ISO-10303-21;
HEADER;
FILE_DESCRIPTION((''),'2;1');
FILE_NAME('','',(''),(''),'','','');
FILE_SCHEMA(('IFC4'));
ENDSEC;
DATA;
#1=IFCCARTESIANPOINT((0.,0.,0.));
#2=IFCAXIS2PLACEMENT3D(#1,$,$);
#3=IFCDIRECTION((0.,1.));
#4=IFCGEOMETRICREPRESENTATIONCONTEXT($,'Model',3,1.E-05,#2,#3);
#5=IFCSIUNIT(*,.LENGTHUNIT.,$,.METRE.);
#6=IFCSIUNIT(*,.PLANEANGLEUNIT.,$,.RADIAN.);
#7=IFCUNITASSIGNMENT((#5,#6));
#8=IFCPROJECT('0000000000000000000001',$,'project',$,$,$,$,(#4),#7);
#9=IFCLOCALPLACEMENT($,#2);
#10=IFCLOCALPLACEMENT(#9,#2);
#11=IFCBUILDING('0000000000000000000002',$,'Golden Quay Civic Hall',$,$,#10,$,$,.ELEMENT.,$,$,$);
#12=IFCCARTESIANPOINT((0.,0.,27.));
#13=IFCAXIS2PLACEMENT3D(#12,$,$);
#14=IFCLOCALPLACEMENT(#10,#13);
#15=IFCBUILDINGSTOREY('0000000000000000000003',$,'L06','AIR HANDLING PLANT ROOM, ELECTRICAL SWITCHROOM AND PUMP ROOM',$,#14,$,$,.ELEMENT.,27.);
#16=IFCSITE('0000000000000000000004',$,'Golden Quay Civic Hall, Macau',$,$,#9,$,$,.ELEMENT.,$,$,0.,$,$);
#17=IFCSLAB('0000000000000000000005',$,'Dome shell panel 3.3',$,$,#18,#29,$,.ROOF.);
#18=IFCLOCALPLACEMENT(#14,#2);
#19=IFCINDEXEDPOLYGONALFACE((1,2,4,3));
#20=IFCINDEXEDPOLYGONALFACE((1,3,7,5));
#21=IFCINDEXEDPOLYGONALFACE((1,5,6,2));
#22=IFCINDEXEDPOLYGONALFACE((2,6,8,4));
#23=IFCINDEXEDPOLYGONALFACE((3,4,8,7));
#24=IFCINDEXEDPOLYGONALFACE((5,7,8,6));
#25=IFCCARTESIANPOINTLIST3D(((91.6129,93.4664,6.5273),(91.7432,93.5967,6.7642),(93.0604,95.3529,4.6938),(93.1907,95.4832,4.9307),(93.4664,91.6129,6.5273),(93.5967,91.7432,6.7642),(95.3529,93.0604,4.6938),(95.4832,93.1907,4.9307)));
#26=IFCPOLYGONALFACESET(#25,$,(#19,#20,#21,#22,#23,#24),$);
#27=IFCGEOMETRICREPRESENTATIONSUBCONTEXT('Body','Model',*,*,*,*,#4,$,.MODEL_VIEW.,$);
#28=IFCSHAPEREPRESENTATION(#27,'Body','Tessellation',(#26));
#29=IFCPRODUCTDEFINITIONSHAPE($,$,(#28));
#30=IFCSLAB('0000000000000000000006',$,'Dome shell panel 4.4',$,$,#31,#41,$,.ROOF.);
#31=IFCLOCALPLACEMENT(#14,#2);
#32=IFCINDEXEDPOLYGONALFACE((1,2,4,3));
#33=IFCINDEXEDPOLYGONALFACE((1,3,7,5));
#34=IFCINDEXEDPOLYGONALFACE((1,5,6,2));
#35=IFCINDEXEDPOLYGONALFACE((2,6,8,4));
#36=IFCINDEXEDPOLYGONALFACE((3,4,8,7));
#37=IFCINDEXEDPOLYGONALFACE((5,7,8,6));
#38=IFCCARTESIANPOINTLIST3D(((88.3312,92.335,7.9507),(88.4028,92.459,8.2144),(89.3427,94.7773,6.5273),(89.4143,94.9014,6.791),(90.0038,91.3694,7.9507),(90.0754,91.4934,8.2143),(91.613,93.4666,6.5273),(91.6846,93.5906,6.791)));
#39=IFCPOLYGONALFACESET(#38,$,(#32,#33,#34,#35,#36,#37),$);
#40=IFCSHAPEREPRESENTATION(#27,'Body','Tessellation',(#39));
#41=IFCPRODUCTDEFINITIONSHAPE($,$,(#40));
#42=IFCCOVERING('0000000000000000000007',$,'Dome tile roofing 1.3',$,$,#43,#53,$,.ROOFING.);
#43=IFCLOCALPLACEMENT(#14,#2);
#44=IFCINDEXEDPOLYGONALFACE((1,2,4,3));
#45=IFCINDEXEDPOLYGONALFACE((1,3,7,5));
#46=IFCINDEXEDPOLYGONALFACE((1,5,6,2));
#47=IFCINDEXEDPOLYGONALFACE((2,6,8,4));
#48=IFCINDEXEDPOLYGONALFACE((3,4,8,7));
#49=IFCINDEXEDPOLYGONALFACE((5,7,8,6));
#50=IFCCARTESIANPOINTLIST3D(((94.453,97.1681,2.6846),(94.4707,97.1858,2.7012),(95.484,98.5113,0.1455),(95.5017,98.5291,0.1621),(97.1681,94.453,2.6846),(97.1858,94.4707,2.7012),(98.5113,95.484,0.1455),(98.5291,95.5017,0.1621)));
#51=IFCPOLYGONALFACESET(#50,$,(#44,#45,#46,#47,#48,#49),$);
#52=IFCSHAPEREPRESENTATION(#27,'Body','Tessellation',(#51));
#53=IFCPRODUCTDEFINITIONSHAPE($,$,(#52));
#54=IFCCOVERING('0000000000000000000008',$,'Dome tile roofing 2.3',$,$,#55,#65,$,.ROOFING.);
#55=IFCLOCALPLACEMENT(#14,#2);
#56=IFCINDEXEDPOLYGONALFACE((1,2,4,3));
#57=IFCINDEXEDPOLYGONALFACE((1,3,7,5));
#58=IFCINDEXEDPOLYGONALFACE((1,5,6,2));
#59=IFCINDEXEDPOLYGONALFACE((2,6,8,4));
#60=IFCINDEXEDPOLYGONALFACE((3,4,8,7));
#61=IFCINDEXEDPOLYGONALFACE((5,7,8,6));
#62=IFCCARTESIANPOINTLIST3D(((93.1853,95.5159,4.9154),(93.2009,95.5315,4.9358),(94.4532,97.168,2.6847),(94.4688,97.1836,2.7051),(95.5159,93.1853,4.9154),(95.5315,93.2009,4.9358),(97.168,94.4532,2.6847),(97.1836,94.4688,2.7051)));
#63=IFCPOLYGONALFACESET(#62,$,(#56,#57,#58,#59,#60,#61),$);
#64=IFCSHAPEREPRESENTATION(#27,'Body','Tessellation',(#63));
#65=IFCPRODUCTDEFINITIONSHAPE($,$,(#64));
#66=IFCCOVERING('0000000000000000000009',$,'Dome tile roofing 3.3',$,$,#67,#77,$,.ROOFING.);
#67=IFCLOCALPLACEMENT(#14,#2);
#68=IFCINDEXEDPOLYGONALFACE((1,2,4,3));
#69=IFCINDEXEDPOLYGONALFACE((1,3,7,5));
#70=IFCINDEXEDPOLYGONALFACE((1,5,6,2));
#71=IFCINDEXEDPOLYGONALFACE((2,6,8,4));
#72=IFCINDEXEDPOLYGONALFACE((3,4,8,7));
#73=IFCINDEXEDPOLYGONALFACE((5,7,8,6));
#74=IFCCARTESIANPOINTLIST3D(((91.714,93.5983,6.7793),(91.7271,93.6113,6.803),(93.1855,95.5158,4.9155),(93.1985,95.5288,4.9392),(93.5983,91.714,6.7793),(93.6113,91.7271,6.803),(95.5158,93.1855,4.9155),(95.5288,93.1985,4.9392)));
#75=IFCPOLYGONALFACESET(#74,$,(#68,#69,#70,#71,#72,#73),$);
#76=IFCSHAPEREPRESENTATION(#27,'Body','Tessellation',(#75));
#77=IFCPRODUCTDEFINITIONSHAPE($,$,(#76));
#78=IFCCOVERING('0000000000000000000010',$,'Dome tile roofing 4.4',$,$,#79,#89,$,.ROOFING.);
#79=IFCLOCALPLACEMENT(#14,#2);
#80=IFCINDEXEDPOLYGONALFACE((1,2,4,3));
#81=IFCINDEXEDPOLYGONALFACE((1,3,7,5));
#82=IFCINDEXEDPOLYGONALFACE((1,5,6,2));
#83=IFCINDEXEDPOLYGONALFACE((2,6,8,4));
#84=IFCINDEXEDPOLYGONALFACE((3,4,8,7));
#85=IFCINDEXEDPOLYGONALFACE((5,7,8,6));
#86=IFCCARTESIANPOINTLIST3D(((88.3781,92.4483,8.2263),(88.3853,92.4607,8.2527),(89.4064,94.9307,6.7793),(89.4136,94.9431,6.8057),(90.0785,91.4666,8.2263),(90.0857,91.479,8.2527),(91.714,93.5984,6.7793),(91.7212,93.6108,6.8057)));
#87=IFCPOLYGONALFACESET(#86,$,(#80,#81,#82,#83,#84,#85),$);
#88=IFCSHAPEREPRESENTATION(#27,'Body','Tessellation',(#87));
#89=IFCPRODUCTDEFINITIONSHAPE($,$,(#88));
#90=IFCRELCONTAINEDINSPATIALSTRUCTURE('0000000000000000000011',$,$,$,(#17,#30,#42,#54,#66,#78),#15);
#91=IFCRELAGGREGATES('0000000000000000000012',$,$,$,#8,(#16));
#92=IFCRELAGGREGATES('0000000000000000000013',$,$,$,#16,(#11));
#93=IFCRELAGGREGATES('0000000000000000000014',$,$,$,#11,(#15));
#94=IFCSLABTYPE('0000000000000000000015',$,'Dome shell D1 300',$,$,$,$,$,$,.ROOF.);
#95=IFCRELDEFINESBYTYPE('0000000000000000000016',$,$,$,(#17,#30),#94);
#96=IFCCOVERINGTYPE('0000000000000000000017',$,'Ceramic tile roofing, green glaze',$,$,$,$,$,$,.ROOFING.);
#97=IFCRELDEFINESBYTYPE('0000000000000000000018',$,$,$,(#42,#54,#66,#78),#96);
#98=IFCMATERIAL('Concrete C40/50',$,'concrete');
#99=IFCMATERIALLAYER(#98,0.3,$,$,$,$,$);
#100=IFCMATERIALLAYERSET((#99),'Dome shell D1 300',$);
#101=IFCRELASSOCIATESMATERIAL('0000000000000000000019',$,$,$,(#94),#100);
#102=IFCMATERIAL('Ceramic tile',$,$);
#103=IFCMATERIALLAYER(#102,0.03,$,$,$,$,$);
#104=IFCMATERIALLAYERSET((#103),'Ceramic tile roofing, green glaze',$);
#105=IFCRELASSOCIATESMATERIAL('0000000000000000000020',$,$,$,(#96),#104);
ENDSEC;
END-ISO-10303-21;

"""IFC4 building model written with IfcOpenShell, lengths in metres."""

from ifc_helpers import new_model, si_unit, direction, frame, origin, place, context, subcontext, project, spatial, polyline, outline, extrude, material, layer, layer_set, type_object, element, save


model = new_model("IFC4")

# Units and contexts
model_context = context("Model", 3, precision=1e-05, world=origin(), true_north=direction((0.0, 1.0)))
body_context = subcontext(model_context, "Body", "Model", "MODEL_VIEW")
ifc_project = project(units=[si_unit("LENGTHUNIT", "METRE"), si_unit("PLANEANGLEUNIT", "RADIAN")], contexts=[model_context])

# Site, building, storey
site_placement = place(None, origin())
site = spatial("IfcSite", under=ifc_project, at=site_placement, Name="Golden Quay Civic Hall, Macau", CompositionType="ELEMENT", RefElevation=0.0)
building_placement = place(site_placement, origin())
building = spatial("IfcBuilding", under=site, at=building_placement, Name="Golden Quay Civic Hall", CompositionType="ELEMENT")
storey_placement = place(building_placement, frame((0.0, 0.0, 27.0)))
storey = spatial("IfcBuildingStorey", under=building, at=storey_placement, Name="L06", Description="AIR HANDLING PLANT ROOM, ELECTRICAL SWITCHROOM AND PUMP ROOM", CompositionType="ELEMENT", Elevation=27.0)

# Slabs
ifc_material_1 = material(Name="Concrete C40/50", Category="concrete")
ifc_layer_1 = layer(ifc_material_1, 0.3)
ifc_layer_set_1 = layer_set([ifc_layer_1], Name="Dome shell D1 300")
slab_type = type_object("IfcSlabType", Name="Dome shell D1 300", PredefinedType="ROOF", material=ifc_layer_set_1)
slab_1_placement = place(storey_placement, frame((95.4832, 93.1907, 4.9307), z_axis=(0.434107, 0.434107, 0.789369), x_axis=(-0.707107, 0.707107, 0.0)))
element("IfcSlab", 1, at=slab_1_placement, inside=storey, type_object=slab_type, Name="Dome shell panel 3.3", PredefinedType="ROOF", context=body_context, shape_type="SweptSolid", body=[
    extrude(outline(polyline([(0.0, 0.0), (3.2421, 0.0), (2.9317, 2.9865), (0.3104, 2.9865), (0.0, 0.0)])), origin(), (0.0, 0.0, -1.0), 0.3),
])
slab_2_placement = place(storey_placement, frame((91.6846, 93.5906, 6.791), z_axis=(0.23862, 0.413311, 0.878769), x_axis=(-0.86602, 0.50001, -0.000011)))
element("IfcSlab", 2, at=slab_2_placement, inside=storey, type_object=slab_type, Name="Dome shell panel 4.4", PredefinedType="ROOF", context=body_context, shape_type="SweptSolid", body=[
    extrude(outline(polyline([(0.0, 0.0), (2.6215, 0.0), (2.2762, 2.9824), (0.3449, 2.9823), (0.0, 0.0)])), origin(), (0.0, 0.0, -1.0), 0.3),
])

# Coverings
ifc_material_2 = material(Name="Ceramic tile")
ifc_layer_2 = layer(ifc_material_2, 0.03)
ifc_layer_set_2 = layer_set([ifc_layer_2], Name="Ceramic tile roofing, green glaze")
covering_type = type_object("IfcCoveringType", Name="Ceramic tile roofing, green glaze", PredefinedType="ROOFING", material=ifc_layer_set_2)
covering_1_placement = place(storey_placement, frame((98.5291, 95.5017, 0.1621), z_axis=(0.589829, 0.589829, 0.551547), x_axis=(-0.707107, 0.707107, 0.0)))
element("IfcCovering", 3, at=covering_1_placement, inside=storey, type_object=covering_type, Name="Dome tile roofing 1.3", PredefinedType="ROOFING", context=body_context, shape_type="SweptSolid", body=[
    extrude(outline(polyline([(0.0, 0.0), (4.2813, 0.0), (4.0605, 3.0439), (0.2208, 3.0439), (0.0, 0.0)])), origin(), (0.0, 0.0, -1.0), 0.03),
])
covering_2_placement = place(storey_placement, frame((97.1836, 94.4688, 2.7051), z_axis=(0.518937, 0.518937, 0.67927), x_axis=(-0.707107, 0.707107, 0.0)))
element("IfcCovering", 4, at=covering_2_placement, inside=storey, type_object=covering_type, Name="Dome tile roofing 2.3", PredefinedType="ROOFING", context=body_context, shape_type="SweptSolid", body=[
    extrude(outline(polyline([(0.0, 0.0), (3.8394, 0.0), (3.5676, 3.0396), (0.2717, 3.0396), (0.0, 0.0)])), origin(), (0.0, 0.0, -1.0), 0.03),
])
covering_3_placement = place(storey_placement, frame((95.5288, 93.1985, 4.9392), z_axis=(0.434116, 0.434116, 0.789358), x_axis=(-0.707107, 0.707107, 0.0)))
element("IfcCovering", 5, at=covering_3_placement, inside=storey, type_object=covering_type, Name="Dome tile roofing 3.3", PredefinedType="ROOFING", context=body_context, shape_type="SweptSolid", body=[
    extrude(outline(polyline([(0.0, 0.0), (3.2956, 0.0), (2.9802, 3.0358), (0.3154, 3.0358), (0.0, 0.0)])), origin(), (0.0, 0.0, -1.0), 0.03),
])
covering_4_placement = place(storey_placement, frame((91.7212, 93.6108, 6.8057), z_axis=(0.238648, 0.413367, 0.878735), x_axis=(-0.866031, 0.499991, -0.000003)))
element("IfcCovering", 6, at=covering_4_placement, inside=storey, type_object=covering_type, Name="Dome tile roofing 4.4", PredefinedType="ROOFING", context=body_context, shape_type="SweptSolid", body=[
    extrude(outline(polyline([(0.0, 0.0), (2.6646, 0.0), (2.314, 3.0316), (0.3505, 3.0316), (0.0, 0.0)])), origin(), (0.0, 0.0, -1.0), 0.03),
])

save(model, "model.ifc")
